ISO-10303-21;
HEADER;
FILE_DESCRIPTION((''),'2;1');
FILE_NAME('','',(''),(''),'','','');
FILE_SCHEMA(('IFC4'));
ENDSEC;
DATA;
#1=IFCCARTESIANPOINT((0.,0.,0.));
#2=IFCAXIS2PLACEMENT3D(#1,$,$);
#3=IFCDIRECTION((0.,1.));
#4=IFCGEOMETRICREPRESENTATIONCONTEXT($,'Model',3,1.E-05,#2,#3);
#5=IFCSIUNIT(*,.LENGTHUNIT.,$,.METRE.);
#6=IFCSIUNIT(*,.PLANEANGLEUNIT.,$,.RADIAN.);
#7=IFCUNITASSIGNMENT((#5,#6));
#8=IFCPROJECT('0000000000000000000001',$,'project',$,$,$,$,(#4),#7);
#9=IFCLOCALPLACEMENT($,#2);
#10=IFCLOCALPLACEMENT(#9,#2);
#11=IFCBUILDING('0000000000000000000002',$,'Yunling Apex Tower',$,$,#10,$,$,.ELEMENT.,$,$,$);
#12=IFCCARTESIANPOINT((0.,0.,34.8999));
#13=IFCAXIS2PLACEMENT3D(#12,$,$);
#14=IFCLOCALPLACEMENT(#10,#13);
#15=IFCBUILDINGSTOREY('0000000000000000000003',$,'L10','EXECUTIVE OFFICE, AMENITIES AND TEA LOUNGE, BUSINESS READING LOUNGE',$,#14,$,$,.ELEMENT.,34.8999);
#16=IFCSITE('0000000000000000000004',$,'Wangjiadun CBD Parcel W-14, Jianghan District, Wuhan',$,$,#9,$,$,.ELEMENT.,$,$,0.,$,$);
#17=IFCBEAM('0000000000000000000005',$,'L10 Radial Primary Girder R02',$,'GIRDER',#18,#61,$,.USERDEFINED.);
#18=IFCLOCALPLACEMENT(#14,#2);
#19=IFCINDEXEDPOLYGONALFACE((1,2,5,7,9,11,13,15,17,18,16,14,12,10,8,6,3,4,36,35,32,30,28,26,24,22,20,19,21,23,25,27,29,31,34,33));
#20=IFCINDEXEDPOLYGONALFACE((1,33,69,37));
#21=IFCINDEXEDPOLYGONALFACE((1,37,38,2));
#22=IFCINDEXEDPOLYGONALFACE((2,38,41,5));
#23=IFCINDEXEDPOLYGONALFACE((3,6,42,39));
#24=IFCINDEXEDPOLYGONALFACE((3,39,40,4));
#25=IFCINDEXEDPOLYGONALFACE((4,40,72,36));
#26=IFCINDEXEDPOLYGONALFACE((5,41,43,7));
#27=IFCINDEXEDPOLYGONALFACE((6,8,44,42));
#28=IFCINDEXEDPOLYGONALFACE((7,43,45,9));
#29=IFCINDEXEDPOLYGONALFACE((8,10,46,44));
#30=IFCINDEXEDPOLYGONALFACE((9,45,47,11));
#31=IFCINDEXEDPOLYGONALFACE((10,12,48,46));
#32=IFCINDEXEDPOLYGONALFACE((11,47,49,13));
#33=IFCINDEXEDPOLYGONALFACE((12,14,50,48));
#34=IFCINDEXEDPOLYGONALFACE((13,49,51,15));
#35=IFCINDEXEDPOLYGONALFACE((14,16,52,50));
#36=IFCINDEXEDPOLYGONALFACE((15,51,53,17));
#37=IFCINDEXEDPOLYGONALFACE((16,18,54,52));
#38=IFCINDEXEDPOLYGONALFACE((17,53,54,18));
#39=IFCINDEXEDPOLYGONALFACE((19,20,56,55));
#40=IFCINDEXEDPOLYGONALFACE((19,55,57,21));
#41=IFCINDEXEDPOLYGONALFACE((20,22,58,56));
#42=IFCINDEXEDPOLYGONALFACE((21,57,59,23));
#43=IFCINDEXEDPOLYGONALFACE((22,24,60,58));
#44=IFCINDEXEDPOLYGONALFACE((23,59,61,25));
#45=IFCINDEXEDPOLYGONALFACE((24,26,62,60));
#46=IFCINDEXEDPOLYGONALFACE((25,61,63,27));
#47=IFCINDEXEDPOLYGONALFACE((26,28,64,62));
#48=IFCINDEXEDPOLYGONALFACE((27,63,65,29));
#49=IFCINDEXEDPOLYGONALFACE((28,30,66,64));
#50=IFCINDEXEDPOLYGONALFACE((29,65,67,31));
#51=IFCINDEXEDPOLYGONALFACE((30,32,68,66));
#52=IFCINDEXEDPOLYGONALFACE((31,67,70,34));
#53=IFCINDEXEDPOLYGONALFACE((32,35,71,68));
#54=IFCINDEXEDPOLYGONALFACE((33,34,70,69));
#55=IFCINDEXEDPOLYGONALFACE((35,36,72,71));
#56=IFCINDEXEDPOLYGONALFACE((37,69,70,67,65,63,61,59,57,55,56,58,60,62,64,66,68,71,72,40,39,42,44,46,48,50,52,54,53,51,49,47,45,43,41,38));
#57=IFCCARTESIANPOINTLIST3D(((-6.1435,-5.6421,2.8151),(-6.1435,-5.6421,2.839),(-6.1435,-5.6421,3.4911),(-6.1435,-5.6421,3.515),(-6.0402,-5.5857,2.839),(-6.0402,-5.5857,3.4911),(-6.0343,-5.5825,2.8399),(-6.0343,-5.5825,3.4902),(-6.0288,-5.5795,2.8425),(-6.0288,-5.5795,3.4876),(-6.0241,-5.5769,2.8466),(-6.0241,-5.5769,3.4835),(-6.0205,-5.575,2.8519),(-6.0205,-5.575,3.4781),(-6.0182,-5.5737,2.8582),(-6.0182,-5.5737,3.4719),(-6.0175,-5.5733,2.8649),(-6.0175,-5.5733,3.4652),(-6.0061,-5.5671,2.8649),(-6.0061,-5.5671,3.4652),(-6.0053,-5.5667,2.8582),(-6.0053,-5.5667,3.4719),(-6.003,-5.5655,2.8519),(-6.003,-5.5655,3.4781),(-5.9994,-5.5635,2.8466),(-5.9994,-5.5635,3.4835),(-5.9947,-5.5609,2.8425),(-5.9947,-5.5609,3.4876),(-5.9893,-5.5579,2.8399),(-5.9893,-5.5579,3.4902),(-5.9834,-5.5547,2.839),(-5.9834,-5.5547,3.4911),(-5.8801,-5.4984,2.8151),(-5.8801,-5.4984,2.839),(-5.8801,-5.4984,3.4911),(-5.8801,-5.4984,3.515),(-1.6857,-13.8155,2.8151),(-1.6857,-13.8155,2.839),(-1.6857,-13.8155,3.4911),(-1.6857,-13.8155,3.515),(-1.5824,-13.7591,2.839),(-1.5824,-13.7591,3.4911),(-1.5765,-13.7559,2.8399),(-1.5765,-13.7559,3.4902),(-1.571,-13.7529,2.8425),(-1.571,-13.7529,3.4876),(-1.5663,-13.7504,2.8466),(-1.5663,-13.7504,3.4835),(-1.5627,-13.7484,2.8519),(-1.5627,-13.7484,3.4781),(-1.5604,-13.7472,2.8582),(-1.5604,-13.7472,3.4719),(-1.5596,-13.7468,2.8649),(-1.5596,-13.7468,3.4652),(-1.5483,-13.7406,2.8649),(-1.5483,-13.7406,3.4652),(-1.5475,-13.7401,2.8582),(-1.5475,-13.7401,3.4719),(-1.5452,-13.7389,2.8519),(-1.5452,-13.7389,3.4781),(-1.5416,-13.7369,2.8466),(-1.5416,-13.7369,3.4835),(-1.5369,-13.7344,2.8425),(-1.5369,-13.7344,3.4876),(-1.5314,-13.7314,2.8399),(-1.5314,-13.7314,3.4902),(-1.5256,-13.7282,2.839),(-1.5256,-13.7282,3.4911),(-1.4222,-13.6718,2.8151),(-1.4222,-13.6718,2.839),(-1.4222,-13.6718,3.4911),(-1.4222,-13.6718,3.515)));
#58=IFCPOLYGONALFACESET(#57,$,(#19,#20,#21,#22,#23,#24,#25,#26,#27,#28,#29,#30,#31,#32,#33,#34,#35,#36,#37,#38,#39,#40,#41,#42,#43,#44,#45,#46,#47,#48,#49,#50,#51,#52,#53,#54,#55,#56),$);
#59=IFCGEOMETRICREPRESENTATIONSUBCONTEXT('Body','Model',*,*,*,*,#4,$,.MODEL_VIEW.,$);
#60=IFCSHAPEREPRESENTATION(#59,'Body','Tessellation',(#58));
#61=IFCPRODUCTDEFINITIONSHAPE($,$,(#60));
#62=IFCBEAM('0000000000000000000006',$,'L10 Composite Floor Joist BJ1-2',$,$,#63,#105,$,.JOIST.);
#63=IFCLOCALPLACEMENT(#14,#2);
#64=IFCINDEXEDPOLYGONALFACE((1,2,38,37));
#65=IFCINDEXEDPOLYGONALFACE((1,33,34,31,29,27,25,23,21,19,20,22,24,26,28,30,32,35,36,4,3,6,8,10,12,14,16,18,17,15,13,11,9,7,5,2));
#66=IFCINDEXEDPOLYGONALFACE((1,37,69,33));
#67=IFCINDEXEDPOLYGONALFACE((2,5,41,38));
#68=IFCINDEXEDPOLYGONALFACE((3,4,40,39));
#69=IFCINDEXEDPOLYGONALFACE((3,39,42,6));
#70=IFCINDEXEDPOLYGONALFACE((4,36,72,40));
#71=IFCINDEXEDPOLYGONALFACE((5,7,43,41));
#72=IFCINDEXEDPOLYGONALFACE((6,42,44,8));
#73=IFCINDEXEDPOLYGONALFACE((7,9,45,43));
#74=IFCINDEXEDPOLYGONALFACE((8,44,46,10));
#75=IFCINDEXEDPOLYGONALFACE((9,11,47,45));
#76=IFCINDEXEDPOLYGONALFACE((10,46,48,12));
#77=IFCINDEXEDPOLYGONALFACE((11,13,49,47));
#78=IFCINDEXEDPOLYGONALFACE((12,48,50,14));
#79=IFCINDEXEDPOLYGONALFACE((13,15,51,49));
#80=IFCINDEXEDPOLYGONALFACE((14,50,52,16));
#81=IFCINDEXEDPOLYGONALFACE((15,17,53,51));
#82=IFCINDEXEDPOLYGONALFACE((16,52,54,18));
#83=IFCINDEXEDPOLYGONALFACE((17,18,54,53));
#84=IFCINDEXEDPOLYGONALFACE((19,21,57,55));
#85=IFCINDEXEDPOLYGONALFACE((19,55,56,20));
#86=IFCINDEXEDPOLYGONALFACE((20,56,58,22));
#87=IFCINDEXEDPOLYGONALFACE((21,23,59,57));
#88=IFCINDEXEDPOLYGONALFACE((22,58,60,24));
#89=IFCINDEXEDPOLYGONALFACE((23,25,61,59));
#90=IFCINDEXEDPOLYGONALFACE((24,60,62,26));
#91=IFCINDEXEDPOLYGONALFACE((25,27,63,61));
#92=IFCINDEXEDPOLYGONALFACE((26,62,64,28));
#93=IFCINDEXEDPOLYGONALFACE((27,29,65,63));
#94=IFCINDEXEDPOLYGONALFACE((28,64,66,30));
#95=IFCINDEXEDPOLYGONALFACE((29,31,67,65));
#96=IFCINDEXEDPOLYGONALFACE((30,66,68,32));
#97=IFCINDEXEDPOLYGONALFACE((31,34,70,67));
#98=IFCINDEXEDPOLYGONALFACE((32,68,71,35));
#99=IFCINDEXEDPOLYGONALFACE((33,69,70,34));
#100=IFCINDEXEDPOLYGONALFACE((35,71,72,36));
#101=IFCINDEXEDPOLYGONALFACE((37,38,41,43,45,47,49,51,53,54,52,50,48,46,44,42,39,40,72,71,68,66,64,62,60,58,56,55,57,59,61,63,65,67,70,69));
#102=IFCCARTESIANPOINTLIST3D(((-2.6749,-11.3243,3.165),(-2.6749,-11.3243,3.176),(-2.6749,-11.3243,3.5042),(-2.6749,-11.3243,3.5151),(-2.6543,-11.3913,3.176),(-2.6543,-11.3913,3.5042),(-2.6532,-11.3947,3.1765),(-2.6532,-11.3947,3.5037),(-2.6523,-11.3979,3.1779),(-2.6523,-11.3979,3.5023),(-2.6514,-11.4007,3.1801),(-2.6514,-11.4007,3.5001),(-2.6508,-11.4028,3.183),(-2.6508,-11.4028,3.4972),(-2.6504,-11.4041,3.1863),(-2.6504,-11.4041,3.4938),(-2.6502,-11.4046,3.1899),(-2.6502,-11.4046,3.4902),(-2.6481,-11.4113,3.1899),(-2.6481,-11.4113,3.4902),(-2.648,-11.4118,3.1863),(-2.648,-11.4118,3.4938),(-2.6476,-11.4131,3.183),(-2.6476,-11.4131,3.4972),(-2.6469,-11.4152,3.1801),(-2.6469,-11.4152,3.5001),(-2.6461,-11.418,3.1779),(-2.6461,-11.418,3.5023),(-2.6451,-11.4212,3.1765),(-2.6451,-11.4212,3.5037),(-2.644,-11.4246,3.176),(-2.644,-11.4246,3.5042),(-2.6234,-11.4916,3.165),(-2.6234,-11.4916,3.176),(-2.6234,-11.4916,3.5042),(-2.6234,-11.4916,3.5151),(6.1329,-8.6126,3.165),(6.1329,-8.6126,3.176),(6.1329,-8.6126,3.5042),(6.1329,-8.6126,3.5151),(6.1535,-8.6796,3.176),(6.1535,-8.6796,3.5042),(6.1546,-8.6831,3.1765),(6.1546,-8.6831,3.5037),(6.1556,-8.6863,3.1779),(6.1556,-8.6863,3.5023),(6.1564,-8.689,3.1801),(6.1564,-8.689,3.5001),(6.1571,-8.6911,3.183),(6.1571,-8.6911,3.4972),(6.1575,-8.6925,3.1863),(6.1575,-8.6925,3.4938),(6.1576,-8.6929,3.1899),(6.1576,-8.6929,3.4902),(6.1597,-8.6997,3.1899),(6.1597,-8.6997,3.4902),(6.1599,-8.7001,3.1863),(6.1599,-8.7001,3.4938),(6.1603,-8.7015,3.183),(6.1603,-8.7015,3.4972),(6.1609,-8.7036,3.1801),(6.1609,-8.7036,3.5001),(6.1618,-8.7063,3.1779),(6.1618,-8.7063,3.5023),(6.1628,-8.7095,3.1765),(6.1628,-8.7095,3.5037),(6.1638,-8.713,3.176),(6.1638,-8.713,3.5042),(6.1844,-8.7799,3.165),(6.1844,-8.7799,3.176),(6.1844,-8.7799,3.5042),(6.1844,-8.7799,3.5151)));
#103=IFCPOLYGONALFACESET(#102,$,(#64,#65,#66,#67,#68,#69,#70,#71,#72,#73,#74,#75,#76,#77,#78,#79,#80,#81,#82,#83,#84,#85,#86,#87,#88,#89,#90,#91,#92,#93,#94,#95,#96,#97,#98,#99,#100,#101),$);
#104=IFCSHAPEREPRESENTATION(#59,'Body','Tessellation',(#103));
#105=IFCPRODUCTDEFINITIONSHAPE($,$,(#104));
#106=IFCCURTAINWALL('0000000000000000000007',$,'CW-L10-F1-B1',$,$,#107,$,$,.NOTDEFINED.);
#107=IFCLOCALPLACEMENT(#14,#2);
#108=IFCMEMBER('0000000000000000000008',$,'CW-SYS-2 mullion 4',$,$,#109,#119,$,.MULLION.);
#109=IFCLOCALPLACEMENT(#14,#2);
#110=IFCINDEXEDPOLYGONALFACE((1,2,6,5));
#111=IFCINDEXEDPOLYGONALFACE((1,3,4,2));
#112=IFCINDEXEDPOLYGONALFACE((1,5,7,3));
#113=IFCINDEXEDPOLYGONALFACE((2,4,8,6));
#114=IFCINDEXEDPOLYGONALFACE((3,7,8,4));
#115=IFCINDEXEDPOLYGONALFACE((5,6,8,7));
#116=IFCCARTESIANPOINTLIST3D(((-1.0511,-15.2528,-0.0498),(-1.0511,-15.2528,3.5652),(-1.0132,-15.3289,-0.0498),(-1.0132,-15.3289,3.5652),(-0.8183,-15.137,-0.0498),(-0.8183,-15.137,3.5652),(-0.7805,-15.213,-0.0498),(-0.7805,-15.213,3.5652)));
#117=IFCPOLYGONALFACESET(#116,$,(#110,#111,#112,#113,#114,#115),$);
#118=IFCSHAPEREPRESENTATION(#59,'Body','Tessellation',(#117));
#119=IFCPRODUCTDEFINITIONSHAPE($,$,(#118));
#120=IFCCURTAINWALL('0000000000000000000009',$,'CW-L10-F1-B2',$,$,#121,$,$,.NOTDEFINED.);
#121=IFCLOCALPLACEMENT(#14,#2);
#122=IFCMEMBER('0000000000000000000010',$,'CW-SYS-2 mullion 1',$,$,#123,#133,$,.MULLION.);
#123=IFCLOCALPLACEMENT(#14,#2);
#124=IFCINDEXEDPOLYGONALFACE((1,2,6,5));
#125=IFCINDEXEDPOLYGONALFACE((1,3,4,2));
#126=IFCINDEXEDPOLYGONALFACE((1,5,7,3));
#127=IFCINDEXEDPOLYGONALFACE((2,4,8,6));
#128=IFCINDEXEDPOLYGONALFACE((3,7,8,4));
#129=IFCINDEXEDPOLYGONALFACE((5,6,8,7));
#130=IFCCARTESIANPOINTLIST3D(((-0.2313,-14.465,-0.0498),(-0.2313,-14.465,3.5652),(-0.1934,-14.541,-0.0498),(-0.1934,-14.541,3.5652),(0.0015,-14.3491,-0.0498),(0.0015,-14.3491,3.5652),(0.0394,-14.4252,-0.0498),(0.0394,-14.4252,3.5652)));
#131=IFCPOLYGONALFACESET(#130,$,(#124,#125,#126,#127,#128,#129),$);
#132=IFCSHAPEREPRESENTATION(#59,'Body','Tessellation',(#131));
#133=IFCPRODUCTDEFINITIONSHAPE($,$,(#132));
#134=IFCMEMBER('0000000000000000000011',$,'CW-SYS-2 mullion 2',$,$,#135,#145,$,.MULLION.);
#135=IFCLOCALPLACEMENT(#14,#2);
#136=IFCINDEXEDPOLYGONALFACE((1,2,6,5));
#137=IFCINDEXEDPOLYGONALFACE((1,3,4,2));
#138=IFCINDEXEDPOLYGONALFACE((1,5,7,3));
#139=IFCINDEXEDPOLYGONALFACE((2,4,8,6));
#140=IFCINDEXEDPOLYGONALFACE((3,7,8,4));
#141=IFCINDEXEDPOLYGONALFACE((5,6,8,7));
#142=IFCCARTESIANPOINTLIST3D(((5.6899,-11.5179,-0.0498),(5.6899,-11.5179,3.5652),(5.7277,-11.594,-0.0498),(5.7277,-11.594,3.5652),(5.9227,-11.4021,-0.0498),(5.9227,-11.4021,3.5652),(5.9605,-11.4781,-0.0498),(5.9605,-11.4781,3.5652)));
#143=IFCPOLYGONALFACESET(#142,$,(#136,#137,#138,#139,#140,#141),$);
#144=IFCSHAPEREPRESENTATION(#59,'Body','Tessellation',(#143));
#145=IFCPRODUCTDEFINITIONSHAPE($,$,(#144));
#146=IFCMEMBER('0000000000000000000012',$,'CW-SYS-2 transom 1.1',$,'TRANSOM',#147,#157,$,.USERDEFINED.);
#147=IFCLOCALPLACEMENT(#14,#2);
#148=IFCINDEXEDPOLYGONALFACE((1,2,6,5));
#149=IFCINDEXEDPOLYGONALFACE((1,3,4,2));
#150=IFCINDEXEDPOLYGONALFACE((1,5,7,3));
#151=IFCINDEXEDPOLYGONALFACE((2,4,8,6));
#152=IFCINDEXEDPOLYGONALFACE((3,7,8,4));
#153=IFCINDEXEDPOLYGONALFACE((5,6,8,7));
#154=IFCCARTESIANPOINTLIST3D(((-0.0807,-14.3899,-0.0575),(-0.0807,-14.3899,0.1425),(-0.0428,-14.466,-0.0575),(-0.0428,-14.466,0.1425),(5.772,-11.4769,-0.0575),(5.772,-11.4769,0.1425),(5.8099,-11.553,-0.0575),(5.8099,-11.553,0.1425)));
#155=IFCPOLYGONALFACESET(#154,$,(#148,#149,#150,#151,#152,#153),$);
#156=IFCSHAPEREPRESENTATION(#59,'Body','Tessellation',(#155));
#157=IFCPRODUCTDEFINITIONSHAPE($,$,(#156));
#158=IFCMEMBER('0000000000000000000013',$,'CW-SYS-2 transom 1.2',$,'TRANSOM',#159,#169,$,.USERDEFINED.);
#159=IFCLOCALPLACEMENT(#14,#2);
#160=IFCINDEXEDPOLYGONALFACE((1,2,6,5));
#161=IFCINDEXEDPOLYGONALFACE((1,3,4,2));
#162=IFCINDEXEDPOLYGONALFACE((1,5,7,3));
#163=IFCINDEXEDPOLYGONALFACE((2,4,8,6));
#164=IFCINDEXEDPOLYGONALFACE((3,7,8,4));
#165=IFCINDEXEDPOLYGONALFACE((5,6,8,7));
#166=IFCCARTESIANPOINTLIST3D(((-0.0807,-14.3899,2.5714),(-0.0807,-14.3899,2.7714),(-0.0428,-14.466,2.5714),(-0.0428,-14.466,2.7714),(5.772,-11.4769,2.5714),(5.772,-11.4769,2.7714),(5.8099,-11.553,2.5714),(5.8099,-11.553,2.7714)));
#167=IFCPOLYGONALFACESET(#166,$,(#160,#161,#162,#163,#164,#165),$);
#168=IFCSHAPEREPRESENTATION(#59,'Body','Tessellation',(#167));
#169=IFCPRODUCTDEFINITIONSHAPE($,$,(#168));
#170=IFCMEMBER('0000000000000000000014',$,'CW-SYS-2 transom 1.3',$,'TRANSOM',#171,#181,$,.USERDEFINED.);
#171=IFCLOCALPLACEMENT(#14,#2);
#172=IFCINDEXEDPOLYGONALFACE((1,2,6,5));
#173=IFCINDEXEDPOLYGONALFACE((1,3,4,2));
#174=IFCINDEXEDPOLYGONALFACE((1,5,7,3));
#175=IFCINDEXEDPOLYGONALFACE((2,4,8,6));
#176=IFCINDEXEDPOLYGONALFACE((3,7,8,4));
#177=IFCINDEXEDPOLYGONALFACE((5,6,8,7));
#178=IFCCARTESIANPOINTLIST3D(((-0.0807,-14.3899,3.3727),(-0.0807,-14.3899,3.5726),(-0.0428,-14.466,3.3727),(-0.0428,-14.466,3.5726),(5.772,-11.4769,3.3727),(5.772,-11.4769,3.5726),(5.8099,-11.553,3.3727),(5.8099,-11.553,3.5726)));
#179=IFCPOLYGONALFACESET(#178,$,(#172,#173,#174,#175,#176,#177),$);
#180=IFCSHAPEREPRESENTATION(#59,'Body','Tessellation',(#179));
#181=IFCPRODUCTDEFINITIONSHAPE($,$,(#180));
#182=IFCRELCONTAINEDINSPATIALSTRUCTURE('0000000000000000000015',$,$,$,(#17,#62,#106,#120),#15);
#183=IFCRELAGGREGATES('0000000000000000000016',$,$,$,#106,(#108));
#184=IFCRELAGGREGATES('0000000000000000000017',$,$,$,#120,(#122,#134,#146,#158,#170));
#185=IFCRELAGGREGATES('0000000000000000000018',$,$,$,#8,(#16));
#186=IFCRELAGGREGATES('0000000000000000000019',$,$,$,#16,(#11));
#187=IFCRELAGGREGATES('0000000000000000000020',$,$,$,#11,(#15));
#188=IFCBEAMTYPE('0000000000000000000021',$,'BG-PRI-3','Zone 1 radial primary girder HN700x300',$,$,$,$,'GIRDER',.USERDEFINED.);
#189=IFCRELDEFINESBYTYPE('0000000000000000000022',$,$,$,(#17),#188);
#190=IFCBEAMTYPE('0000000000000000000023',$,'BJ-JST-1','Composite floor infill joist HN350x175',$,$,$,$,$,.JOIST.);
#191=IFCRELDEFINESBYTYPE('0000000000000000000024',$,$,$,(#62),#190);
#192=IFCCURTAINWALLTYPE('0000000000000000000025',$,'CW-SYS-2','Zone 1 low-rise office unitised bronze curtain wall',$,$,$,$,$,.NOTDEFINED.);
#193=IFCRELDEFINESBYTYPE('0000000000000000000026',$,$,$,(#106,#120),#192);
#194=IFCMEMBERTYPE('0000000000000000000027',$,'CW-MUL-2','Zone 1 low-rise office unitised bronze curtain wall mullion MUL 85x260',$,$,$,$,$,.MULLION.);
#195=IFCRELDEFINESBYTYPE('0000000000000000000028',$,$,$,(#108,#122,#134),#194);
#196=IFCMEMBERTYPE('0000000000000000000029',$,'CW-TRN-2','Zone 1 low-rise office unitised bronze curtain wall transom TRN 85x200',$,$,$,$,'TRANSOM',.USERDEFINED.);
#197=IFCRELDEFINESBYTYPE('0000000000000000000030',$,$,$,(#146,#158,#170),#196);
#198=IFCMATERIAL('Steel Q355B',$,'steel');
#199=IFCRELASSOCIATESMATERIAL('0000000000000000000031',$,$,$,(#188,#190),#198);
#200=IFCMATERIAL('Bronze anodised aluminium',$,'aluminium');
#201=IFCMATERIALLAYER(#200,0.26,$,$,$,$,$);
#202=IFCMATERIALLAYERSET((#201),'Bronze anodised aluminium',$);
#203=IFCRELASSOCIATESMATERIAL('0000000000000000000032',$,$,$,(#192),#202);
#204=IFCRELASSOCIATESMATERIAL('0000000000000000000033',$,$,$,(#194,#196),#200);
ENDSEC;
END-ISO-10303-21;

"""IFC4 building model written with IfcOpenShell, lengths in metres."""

from ifc_helpers import new_model, si_unit, direction, frame, origin, origin_2d, place, context, subcontext, project, spatial, rectangle, i_section, extrude, source, transform, mapped, material, layer, layer_set, material_profile, profile_set, type_object, element, aggregate, save


model = new_model("IFC4")

# Units and contexts
model_context = context("Model", 3, precision=1e-05, world=origin(), true_north=direction((0.0, 1.0)))
body_context = subcontext(model_context, "Body", "Model", "MODEL_VIEW")
ifc_project = project(units=[si_unit("LENGTHUNIT", "METRE"), si_unit("PLANEANGLEUNIT", "RADIAN")], contexts=[model_context])

# Site, building, storey
site_placement = place(None, origin())
site = spatial("IfcSite", under=ifc_project, at=site_placement, Name="Wangjiadun CBD Parcel W-14, Jianghan District, Wuhan", CompositionType="ELEMENT", RefElevation=0.0)
building_placement = place(site_placement, origin())
building = spatial("IfcBuilding", under=site, at=building_placement, Name="Yunling Apex Tower", CompositionType="ELEMENT")
storey_placement = place(building_placement, frame((0.0, 0.0, 34.8999)))
storey = spatial("IfcBuildingStorey", under=building, at=storey_placement, Name="L10", Description="EXECUTIVE OFFICE, AMENITIES AND TEA LOUNGE, BUSINESS READING LOUNGE", CompositionType="ELEMENT", Elevation=34.8999)

# Beams
ifc_material_1 = material(Name="Steel Q355B", Category="steel")
ifc_material_profile_1 = material_profile(ifc_material_1, i_section(OverallWidth=0.3, OverallDepth=0.7, WebThickness=0.0129, FlangeThickness=0.0239, FilletRadius=0.0259, at=origin_2d()))
ifc_profile_set_1 = profile_set([ifc_material_profile_1], Name="Steel Q355B")
beam_type_1 = type_object("IfcBeamType", Name="BG-PRI-3", Description="Zone 1 radial primary girder HN700x300", ElementType="GIRDER", PredefinedType="USERDEFINED", material=ifc_profile_set_1)
shared_shape_1 = source(origin(), body_context, "Body", "SweptSolid", [
    extrude(i_section(OverallWidth=0.3, OverallDepth=0.7, WebThickness=0.0129, FlangeThickness=0.0239, FilletRadius=0.0259, at=origin_2d()), origin(), (0.0, 0.0, 1.0), 9.3101),
])
beam_1_placement = place(storey_placement, frame((-1.554, -13.7437, 3.165), z_axis=(-0.478817, 0.877915, 0.0), x_axis=(-0.877915, -0.478817, 0.0)))
element("IfcBeam", 1, at=beam_1_placement, inside=storey, type_object=beam_type_1, Name="L10 Radial Primary Girder R02", ObjectType="GIRDER", PredefinedType="USERDEFINED", context=body_context, shape_type="MappedRepresentation", body=[
    mapped(shared_shape_1, transform((0.0, 0.0, 0.0), scale=1.0)),
])
ifc_material_profile_2 = material_profile(ifc_material_1, i_section(OverallWidth=0.175, OverallDepth=0.3501, WebThickness=0.0071, FlangeThickness=0.011, FilletRadius=0.0139, at=origin_2d()))
ifc_profile_set_2 = profile_set([ifc_material_profile_2], Name="Steel Q355B")
beam_type_2 = type_object("IfcBeamType", Name="BJ-JST-1", Description="Composite floor infill joist HN350x175", PredefinedType="JOIST", material=ifc_profile_set_2)
shared_shape_2 = source(origin(), body_context, "Body", "SweptSolid", [
    extrude(i_section(OverallWidth=0.175, OverallDepth=0.3501, WebThickness=0.0071, FlangeThickness=0.011, FilletRadius=0.0139, at=origin_2d()), origin(), (0.0, 0.0, 1.0), 9.2158),
])
beam_2_placement = place(storey_placement, frame((-2.6492, -11.408, 3.3401), z_axis=(0.955731, 0.29424, 0.0), x_axis=(-0.29424, 0.955731, 0.0)))
element("IfcBeam", 2, at=beam_2_placement, inside=storey, type_object=beam_type_2, Name="L10 Composite Floor Joist BJ1-2", PredefinedType="JOIST", context=body_context, shape_type="MappedRepresentation", body=[
    mapped(shared_shape_2, transform((0.0, 0.0, 0.0), scale=1.0)),
])

# Curtain wall, member
ifc_material_2 = material(Name="Bronze anodised aluminium", Category="aluminium")
ifc_layer_1 = layer(ifc_material_2, 0.26)
ifc_layer_set_1 = layer_set([ifc_layer_1], Name="Bronze anodised aluminium")
curtain_wall_type = type_object("IfcCurtainWallType", Name="CW-SYS-2", Description="Zone 1 low-rise office unitised bronze curtain wall", PredefinedType="NOTDEFINED", material=ifc_layer_set_1)
curtain_wall_1_placement = place(storey_placement, origin())
curtain_wall_1 = element("IfcCurtainWall", 3, at=curtain_wall_1_placement, inside=storey, type_object=curtain_wall_type, Name="CW-L10-F1-B1", PredefinedType="NOTDEFINED")
ifc_material_profile_3 = material_profile(ifc_material_2, rectangle(XDim=0.085, YDim=0.26, at=origin_2d()))
ifc_profile_set_3 = profile_set([ifc_material_profile_3], Name="Bronze anodised aluminium")
member_type_1 = type_object("IfcMemberType", Name="CW-MUL-2", Description="Zone 1 low-rise office unitised bronze curtain wall mullion MUL 85x260", PredefinedType="MULLION", material=ifc_profile_set_3)
shared_shape_3 = source(origin(), body_context, "Body", "SweptSolid", [
    extrude(rectangle(XDim=0.085, YDim=0.26, at=origin_2d()), origin(), (0.0, 0.0, 1.0), 3.615),
])
member_1_placement = place(storey_placement, frame((-0.9158, -15.2329, -0.0498), z_axis=(0.0, 0.0, 1.0), x_axis=(-0.445571, 0.895247, 0.0)))
member_1 = element("IfcMember", 4, at=member_1_placement, type_object=member_type_1, Name="CW-SYS-2 mullion 4", PredefinedType="MULLION", context=body_context, shape_type="MappedRepresentation", body=[
    mapped(shared_shape_3, transform((0.0, 0.0, 0.0), scale=1.0)),
])

# Curtain wall, members
curtain_wall_2_placement = place(storey_placement, origin())
curtain_wall_2 = element("IfcCurtainWall", 5, at=curtain_wall_2_placement, inside=storey, type_object=curtain_wall_type, Name="CW-L10-F1-B2", PredefinedType="NOTDEFINED")
member_2_placement = place(storey_placement, frame((-0.0959, -14.4451, -0.0498), z_axis=(0.0, 0.0, 1.0), x_axis=(-0.445583, 0.895241, 0.0)))
member_2 = element("IfcMember", 6, at=member_2_placement, type_object=member_type_1, Name="CW-SYS-2 mullion 1", PredefinedType="MULLION", context=body_context, shape_type="MappedRepresentation", body=[
    mapped(shared_shape_3, transform((0.0, 0.0, 0.0), scale=1.0)),
])
member_3_placement = place(storey_placement, frame((5.8252, -11.498, -0.0498), z_axis=(0.0, 0.0, 1.0), x_axis=(-0.445583, 0.895241, 0.0)))
member_3 = element("IfcMember", 7, at=member_3_placement, type_object=member_type_1, Name="CW-SYS-2 mullion 2", PredefinedType="MULLION", context=body_context, shape_type="MappedRepresentation", body=[
    mapped(shared_shape_3, transform((0.0, 0.0, 0.0), scale=1.0)),
])
ifc_material_profile_4 = material_profile(ifc_material_2, rectangle(XDim=0.085, YDim=0.2, at=origin_2d()))
ifc_profile_set_4 = profile_set([ifc_material_profile_4], Name="Bronze anodised aluminium")
member_type_2 = type_object("IfcMemberType", Name="CW-TRN-2", Description="Zone 1 low-rise office unitised bronze curtain wall transom TRN 85x200", ElementType="TRANSOM", PredefinedType="USERDEFINED", material=ifc_profile_set_4)
shared_shape_4 = source(origin(), body_context, "Body", "SweptSolid", [
    extrude(rectangle(XDim=0.085, YDim=0.2, at=origin_2d()), origin(), (0.0, 0.0, 1.0), 6.5376),
])
member_4_placement = place(storey_placement, frame((-0.0618, -14.428, 0.0425), z_axis=(0.89524, 0.445585, 0.0), x_axis=(-0.445585, 0.89524, 0.0)))
member_4 = element("IfcMember", 8, at=member_4_placement, type_object=member_type_2, Name="CW-SYS-2 transom 1.1", ObjectType="TRANSOM", PredefinedType="USERDEFINED", context=body_context, shape_type="MappedRepresentation", body=[
    mapped(shared_shape_4, transform((0.0, 0.0, 0.0), scale=1.0)),
])
member_5_placement = place(storey_placement, frame((-0.0618, -14.428, 2.6714), z_axis=(0.89524, 0.445585, 0.0), x_axis=(-0.445585, 0.89524, 0.0)))
member_5 = element("IfcMember", 9, at=member_5_placement, type_object=member_type_2, Name="CW-SYS-2 transom 1.2", ObjectType="TRANSOM", PredefinedType="USERDEFINED", context=body_context, shape_type="MappedRepresentation", body=[
    mapped(shared_shape_4, transform((0.0, 0.0, 0.0), scale=1.0)),
])
member_6_placement = place(storey_placement, frame((-0.0618, -14.428, 3.4727), z_axis=(0.89524, 0.445585, 0.0), x_axis=(-0.445585, 0.89524, 0.0)))
member_6 = element("IfcMember", 10, at=member_6_placement, type_object=member_type_2, Name="CW-SYS-2 transom 1.3", ObjectType="TRANSOM", PredefinedType="USERDEFINED", context=body_context, shape_type="MappedRepresentation", body=[
    mapped(shared_shape_4, transform((0.0, 0.0, 0.0), scale=1.0)),
])

aggregate(curtain_wall_1, [member_1])
aggregate(curtain_wall_2, [member_2, member_3, member_4, member_5, member_6])

save(model, "model.ifc")
